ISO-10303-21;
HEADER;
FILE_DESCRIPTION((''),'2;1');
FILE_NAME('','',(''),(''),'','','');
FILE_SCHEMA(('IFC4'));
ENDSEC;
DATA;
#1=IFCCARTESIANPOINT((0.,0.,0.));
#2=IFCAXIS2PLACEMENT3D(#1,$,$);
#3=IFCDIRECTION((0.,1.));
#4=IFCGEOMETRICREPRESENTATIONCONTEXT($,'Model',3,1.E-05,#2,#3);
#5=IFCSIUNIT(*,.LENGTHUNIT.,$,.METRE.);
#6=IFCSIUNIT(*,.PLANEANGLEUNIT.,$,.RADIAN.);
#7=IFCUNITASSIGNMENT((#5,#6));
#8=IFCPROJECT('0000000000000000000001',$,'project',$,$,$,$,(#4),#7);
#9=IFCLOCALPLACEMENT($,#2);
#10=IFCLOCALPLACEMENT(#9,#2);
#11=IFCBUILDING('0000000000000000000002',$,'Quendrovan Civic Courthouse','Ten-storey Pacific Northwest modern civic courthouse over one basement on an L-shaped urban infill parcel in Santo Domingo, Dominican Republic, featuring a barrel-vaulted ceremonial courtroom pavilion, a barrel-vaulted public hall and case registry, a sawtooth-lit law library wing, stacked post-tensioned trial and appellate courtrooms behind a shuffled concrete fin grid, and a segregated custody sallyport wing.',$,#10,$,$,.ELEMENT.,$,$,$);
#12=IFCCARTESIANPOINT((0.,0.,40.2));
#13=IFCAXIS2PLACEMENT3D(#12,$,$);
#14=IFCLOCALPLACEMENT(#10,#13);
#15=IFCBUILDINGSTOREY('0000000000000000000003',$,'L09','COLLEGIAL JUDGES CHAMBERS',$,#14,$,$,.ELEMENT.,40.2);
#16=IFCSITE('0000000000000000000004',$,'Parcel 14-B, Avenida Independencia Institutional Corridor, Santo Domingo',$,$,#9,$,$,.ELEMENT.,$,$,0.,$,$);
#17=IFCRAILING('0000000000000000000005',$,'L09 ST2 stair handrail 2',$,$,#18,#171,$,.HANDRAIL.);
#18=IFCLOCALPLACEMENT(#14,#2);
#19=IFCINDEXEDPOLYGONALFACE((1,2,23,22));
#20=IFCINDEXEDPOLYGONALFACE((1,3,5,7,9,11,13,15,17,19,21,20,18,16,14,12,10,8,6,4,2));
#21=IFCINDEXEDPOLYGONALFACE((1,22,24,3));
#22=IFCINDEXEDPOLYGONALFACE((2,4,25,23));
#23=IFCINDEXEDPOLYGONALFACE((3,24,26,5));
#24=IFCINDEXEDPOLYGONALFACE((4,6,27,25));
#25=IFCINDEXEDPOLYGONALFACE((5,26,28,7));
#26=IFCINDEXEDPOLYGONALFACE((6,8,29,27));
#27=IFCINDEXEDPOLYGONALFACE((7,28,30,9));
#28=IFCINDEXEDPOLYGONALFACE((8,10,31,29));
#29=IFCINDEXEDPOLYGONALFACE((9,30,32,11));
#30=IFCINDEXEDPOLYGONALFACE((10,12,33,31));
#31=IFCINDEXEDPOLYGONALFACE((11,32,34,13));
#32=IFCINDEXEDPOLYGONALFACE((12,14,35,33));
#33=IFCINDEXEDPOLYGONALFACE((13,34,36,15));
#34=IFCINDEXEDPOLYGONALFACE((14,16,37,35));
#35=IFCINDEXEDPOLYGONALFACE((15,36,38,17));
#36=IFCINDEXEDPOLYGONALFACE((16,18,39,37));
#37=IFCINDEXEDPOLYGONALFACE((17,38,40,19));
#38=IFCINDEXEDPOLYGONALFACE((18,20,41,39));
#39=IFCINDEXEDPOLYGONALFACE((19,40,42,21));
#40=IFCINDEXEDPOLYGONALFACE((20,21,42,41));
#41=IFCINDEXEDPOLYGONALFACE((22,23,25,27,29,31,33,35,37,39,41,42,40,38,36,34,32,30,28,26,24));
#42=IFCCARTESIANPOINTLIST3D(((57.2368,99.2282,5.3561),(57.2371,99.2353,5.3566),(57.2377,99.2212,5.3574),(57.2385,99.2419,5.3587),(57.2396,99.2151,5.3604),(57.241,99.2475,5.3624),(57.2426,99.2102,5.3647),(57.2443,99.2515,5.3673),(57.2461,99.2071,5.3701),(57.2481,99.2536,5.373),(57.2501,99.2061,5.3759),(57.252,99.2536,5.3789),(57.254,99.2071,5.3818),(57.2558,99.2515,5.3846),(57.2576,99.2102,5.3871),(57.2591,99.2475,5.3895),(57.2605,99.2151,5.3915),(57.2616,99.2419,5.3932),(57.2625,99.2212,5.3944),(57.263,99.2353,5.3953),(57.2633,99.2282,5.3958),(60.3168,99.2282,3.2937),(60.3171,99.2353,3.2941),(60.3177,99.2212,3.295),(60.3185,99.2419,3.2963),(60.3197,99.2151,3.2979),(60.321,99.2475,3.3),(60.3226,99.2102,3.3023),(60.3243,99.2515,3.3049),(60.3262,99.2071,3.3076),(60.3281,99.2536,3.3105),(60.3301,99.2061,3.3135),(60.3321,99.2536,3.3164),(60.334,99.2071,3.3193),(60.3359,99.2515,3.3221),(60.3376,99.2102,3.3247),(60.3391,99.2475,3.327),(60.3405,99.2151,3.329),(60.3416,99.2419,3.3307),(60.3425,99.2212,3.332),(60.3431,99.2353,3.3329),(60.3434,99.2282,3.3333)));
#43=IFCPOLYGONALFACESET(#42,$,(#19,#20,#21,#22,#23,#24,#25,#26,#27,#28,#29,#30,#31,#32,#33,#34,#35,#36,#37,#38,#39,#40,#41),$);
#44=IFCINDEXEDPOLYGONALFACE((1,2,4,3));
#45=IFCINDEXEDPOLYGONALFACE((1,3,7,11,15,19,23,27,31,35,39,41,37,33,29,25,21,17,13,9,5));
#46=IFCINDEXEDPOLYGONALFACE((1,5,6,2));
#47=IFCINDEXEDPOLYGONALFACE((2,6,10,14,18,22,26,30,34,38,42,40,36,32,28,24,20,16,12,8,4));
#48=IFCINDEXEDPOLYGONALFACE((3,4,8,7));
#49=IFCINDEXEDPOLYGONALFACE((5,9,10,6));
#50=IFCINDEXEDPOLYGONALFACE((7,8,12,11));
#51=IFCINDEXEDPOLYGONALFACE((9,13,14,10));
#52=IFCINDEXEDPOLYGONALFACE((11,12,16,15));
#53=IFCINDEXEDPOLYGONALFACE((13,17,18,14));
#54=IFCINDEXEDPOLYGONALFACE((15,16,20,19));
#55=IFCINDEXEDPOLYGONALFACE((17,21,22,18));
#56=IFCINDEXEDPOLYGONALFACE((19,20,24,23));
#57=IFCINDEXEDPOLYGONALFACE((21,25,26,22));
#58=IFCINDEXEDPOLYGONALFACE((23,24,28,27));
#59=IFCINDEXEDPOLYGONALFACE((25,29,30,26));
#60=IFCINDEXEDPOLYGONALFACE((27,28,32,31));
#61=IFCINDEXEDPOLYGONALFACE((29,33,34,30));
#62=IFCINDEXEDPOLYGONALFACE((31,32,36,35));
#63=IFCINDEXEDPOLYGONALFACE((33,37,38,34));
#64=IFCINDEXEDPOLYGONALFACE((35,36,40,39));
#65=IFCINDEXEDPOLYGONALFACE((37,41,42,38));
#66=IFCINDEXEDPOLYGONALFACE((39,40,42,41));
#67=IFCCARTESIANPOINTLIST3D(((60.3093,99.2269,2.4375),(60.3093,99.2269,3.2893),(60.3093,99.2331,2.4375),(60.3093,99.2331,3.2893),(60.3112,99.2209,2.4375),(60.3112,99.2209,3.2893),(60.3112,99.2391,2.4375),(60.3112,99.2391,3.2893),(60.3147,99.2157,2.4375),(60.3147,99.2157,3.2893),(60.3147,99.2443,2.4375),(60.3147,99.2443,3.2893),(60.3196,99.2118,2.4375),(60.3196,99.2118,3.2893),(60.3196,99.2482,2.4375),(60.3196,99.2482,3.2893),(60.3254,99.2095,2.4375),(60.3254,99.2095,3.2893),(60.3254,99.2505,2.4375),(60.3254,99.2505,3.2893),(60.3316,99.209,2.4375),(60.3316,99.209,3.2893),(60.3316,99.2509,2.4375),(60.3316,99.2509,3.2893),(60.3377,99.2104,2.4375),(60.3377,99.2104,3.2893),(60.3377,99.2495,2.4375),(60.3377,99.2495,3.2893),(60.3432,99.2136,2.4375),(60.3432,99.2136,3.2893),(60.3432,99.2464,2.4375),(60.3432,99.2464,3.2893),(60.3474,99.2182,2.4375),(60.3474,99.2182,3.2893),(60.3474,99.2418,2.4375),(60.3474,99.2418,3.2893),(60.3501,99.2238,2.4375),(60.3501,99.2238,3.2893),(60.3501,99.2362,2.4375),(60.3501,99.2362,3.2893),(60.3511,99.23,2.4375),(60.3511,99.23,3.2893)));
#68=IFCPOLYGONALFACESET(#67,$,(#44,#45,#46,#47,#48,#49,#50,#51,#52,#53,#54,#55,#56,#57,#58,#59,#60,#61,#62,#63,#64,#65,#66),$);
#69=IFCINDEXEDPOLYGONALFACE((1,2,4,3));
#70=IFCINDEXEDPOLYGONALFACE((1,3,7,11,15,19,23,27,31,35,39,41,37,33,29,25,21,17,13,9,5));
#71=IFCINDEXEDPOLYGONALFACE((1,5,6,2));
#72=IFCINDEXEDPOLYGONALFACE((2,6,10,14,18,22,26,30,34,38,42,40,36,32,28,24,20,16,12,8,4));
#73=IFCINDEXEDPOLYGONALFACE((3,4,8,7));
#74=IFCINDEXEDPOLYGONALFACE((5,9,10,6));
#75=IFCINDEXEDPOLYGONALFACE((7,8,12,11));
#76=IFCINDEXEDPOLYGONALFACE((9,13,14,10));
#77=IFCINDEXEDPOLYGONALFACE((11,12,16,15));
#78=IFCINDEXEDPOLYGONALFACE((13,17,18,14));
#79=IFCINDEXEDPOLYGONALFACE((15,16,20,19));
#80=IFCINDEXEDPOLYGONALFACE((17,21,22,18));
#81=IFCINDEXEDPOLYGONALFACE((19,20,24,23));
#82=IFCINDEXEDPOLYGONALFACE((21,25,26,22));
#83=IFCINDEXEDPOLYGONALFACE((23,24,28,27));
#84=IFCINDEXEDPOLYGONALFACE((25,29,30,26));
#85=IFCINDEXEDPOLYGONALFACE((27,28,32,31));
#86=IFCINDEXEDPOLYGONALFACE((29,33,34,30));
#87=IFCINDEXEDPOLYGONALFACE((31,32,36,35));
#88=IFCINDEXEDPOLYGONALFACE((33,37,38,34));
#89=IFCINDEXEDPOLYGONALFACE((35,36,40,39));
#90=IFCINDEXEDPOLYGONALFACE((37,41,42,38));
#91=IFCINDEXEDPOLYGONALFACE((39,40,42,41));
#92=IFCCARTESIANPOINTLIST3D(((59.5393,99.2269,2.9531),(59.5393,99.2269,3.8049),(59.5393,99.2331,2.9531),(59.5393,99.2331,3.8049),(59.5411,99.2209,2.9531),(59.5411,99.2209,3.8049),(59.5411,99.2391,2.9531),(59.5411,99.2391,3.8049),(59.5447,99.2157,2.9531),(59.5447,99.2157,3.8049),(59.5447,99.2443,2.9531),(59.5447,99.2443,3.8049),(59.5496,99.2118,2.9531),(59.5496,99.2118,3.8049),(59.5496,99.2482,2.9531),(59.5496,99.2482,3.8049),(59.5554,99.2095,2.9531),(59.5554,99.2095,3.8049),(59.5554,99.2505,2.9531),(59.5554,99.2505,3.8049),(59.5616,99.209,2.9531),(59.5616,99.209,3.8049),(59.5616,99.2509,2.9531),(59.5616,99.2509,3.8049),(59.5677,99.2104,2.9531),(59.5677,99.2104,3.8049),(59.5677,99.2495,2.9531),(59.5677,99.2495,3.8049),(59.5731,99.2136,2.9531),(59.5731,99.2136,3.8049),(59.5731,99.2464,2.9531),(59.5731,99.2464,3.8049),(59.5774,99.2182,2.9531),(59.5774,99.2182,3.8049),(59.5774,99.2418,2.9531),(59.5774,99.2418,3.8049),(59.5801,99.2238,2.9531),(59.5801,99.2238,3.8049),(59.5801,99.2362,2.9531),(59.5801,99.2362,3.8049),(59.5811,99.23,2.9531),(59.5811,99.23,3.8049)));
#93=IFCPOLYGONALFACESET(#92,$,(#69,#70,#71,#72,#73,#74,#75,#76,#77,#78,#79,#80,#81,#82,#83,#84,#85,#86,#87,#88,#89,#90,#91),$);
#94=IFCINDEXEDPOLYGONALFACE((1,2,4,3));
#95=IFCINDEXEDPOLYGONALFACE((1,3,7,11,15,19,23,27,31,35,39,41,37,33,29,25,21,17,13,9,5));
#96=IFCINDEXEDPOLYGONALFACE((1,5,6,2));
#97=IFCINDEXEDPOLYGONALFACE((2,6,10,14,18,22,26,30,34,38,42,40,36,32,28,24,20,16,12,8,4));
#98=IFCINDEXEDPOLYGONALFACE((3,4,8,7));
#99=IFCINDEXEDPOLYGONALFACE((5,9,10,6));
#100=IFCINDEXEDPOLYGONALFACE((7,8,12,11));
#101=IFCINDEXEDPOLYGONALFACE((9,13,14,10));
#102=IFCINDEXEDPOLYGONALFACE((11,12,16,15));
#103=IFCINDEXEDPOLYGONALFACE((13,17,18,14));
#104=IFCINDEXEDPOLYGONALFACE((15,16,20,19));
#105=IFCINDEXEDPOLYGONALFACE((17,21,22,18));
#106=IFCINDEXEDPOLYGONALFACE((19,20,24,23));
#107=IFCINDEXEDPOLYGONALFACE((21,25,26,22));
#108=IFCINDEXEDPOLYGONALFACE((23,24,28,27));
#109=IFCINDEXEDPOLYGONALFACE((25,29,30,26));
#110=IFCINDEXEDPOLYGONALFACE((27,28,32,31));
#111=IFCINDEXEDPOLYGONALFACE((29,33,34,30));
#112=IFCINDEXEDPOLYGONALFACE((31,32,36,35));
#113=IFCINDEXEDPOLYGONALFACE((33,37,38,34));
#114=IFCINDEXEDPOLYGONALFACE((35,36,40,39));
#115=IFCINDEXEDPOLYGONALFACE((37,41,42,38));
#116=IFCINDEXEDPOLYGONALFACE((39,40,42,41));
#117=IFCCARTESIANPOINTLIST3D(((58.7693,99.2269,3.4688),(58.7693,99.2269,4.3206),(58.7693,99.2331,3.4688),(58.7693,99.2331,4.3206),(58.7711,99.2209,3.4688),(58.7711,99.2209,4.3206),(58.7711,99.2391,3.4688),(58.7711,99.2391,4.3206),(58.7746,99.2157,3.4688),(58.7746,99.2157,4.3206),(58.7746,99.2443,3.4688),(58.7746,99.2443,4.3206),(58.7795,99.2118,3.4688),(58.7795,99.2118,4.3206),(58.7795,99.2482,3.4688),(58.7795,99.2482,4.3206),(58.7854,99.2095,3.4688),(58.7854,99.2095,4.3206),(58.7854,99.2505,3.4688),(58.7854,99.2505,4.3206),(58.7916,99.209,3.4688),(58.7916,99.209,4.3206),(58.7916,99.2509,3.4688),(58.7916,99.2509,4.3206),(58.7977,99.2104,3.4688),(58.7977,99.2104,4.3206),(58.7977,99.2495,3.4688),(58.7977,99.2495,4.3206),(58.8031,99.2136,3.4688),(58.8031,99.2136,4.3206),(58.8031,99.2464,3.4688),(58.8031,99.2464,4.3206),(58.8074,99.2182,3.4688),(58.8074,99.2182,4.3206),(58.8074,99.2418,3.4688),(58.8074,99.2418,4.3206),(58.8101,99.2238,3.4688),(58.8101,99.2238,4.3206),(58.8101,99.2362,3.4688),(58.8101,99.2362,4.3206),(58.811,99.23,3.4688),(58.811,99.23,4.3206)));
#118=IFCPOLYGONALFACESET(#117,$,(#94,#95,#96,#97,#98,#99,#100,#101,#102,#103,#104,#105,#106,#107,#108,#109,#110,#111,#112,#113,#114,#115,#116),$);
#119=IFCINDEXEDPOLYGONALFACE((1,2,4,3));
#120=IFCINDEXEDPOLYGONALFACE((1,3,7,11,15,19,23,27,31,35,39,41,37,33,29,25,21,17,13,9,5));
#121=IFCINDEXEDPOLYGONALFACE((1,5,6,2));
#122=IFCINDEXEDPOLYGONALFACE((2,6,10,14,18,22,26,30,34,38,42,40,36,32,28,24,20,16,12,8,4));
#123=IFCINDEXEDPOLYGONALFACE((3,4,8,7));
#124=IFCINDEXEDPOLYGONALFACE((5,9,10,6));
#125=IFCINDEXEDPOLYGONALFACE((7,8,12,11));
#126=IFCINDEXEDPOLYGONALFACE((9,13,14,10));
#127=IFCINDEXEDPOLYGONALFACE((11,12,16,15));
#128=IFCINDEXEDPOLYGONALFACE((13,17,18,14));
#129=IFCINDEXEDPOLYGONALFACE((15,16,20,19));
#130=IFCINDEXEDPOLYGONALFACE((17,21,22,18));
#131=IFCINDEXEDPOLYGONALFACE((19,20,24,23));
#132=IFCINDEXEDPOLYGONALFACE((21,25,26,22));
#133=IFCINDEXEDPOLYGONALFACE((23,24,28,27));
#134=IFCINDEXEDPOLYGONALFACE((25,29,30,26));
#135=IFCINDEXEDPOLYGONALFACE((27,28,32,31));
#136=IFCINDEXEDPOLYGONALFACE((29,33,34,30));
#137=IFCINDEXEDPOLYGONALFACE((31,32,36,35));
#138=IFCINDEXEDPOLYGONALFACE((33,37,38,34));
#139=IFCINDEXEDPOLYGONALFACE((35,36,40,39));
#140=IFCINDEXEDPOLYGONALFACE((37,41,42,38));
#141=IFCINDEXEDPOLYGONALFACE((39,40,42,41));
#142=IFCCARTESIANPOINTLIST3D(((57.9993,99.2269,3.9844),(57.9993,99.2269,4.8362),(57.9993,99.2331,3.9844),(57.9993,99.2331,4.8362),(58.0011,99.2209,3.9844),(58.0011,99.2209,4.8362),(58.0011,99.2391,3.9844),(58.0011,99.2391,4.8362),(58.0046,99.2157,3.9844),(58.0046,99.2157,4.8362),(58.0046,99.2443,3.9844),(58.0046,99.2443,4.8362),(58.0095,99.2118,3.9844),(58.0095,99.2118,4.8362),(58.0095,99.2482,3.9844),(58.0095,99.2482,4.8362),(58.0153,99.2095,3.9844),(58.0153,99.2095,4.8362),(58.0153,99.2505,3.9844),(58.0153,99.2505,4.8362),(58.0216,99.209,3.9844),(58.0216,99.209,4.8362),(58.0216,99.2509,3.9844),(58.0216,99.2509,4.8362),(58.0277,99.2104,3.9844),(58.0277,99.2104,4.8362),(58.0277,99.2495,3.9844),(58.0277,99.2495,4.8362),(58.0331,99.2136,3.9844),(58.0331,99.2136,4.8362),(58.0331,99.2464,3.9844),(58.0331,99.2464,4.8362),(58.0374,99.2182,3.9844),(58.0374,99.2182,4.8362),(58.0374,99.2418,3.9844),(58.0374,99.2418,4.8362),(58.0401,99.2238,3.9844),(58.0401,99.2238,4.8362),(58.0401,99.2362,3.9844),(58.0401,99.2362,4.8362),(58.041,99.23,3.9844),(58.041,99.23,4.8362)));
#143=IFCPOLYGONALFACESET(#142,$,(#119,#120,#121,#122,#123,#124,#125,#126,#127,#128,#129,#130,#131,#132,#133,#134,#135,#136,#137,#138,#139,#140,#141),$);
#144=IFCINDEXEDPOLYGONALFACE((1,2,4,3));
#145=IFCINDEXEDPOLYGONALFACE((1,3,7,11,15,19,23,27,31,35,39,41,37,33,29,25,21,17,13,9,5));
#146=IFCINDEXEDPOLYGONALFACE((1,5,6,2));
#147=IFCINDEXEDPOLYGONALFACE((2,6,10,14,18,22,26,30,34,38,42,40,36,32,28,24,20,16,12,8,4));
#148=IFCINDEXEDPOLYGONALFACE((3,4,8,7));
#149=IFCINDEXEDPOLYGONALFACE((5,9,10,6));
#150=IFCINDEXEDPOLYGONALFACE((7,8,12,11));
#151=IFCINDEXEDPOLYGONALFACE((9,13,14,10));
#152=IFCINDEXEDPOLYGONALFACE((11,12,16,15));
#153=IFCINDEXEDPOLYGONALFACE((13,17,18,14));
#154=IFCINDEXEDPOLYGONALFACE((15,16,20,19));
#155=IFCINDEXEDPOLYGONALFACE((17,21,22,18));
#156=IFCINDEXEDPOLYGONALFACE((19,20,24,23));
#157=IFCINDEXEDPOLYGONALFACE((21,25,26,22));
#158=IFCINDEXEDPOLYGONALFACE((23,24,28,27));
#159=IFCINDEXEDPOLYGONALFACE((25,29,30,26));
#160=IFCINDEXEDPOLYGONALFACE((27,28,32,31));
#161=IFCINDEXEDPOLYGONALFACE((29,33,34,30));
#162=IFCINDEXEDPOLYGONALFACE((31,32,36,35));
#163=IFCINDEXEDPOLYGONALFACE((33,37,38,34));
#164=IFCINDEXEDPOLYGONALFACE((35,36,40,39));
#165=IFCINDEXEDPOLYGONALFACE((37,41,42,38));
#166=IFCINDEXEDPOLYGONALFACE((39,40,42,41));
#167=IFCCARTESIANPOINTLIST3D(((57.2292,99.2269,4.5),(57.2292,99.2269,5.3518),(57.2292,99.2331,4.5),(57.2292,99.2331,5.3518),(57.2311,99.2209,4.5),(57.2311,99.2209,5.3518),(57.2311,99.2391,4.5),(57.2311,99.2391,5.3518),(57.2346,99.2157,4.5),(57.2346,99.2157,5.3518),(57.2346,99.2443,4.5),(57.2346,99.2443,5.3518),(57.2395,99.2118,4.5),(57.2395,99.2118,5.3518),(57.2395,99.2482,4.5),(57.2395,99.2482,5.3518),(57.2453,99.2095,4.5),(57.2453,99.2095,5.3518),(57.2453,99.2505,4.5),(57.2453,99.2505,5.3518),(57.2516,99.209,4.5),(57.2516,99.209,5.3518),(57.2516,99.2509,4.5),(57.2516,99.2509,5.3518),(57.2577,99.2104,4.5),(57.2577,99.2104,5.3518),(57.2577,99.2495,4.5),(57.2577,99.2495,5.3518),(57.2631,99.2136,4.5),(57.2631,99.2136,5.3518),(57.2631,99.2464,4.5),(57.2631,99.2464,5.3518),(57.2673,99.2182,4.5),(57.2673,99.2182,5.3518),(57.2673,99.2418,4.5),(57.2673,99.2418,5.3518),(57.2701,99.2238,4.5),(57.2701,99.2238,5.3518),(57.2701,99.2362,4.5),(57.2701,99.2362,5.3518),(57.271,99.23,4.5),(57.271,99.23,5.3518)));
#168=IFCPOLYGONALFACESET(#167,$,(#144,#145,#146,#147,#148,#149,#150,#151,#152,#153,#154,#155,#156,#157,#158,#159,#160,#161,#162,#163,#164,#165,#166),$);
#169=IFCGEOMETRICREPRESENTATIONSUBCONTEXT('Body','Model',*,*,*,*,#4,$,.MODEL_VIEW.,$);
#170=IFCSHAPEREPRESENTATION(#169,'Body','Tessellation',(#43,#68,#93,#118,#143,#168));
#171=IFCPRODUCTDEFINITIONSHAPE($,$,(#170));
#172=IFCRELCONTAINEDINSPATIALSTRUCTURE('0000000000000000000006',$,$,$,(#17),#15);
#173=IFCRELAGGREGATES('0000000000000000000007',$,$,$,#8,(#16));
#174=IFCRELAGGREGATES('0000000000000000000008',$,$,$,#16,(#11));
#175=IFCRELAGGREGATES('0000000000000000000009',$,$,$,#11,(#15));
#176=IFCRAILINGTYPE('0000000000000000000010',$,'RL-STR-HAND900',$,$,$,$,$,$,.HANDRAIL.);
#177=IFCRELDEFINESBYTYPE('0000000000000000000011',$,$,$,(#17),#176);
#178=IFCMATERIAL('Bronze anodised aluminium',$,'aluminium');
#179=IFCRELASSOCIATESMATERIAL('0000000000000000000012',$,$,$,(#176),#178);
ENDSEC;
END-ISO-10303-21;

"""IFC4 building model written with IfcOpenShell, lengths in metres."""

from ifc_helpers import new_model, si_unit, direction, frame, origin, origin_2d, place, context, subcontext, project, spatial, circle, extrude, material, type_object, element, save


model = new_model("IFC4")

# Units and contexts
model_context = context("Model", 3, precision=1e-05, world=origin(), true_north=direction((0.0, 1.0)))
body_context = subcontext(model_context, "Body", "Model", "MODEL_VIEW")
ifc_project = project(units=[si_unit("LENGTHUNIT", "METRE"), si_unit("PLANEANGLEUNIT", "RADIAN")], contexts=[model_context])

# Site, building, storey
site_placement = place(None, origin())
site = spatial("IfcSite", under=ifc_project, at=site_placement, Name="Parcel 14-B, Avenida Independencia Institutional Corridor, Santo Domingo", CompositionType="ELEMENT", RefElevation=0.0)
building_placement = place(site_placement, origin())
building = spatial("IfcBuilding", under=site, at=building_placement, Name="Quendrovan Civic Courthouse", Description="Ten-storey Pacific Northwest modern civic courthouse over one basement on an L-shaped urban infill parcel in Santo Domingo, Dominican Republic, featuring a barrel-vaulted ceremonial courtroom pavilion, a barrel-vaulted public hall and case registry, a sawtooth-lit law library wing, stacked post-tensioned trial and appellate courtrooms behind a shuffled concrete fin grid, and a segregated custody sallyport wing.", CompositionType="ELEMENT")
storey_placement = place(building_placement, frame((0.0, 0.0, 40.2)))
storey = spatial("IfcBuildingStorey", under=building, at=storey_placement, Name="L09", Description="COLLEGIAL JUDGES CHAMBERS", CompositionType="ELEMENT", Elevation=40.2)

# Railing
ifc_material_1 = material(Name="Bronze anodised aluminium", Category="aluminium")
railing_type_1 = type_object("IfcRailingType", Name="RL-STR-HAND900", PredefinedType="HANDRAIL", material=ifc_material_1)
railing_1_placement = place(storey_placement, frame((60.3301, 99.23, 2.4375)))
element("IfcRailing", 1, at=railing_1_placement, inside=storey, type_object=railing_type_1, Name="L09 ST2 stair handrail 2", PredefinedType="HANDRAIL", context=body_context, shape_type="SweptSolid", body=[
    extrude(circle(Radius=0.0239, at=origin_2d()), frame((0.0, 0.0, 0.876), z_axis=(-0.830914, 0.0, 0.556401), x_axis=(0.0, -1.0, 0.0)), (0.0, 0.0, 1.0), 3.7068),
    extrude(circle(Radius=0.021, at=origin_2d()), origin(), (0.0, 0.0, 1.0), 0.8518),
    extrude(circle(Radius=0.021, at=origin_2d()), frame((-0.77, 0.0, 0.5156)), (0.0, 0.0, 1.0), 0.8518),
    extrude(circle(Radius=0.021, at=origin_2d()), frame((-1.54, 0.0, 1.0312)), (0.0, 0.0, 1.0), 0.8518),
    extrude(circle(Radius=0.021, at=origin_2d()), frame((-2.3101, 0.0, 1.5469)), (0.0, 0.0, 1.0), 0.8518),
    extrude(circle(Radius=0.021, at=origin_2d()), frame((-3.0801, 0.0, 2.0625)), (0.0, 0.0, 1.0), 0.8518),
])

save(model, "model.ifc")
